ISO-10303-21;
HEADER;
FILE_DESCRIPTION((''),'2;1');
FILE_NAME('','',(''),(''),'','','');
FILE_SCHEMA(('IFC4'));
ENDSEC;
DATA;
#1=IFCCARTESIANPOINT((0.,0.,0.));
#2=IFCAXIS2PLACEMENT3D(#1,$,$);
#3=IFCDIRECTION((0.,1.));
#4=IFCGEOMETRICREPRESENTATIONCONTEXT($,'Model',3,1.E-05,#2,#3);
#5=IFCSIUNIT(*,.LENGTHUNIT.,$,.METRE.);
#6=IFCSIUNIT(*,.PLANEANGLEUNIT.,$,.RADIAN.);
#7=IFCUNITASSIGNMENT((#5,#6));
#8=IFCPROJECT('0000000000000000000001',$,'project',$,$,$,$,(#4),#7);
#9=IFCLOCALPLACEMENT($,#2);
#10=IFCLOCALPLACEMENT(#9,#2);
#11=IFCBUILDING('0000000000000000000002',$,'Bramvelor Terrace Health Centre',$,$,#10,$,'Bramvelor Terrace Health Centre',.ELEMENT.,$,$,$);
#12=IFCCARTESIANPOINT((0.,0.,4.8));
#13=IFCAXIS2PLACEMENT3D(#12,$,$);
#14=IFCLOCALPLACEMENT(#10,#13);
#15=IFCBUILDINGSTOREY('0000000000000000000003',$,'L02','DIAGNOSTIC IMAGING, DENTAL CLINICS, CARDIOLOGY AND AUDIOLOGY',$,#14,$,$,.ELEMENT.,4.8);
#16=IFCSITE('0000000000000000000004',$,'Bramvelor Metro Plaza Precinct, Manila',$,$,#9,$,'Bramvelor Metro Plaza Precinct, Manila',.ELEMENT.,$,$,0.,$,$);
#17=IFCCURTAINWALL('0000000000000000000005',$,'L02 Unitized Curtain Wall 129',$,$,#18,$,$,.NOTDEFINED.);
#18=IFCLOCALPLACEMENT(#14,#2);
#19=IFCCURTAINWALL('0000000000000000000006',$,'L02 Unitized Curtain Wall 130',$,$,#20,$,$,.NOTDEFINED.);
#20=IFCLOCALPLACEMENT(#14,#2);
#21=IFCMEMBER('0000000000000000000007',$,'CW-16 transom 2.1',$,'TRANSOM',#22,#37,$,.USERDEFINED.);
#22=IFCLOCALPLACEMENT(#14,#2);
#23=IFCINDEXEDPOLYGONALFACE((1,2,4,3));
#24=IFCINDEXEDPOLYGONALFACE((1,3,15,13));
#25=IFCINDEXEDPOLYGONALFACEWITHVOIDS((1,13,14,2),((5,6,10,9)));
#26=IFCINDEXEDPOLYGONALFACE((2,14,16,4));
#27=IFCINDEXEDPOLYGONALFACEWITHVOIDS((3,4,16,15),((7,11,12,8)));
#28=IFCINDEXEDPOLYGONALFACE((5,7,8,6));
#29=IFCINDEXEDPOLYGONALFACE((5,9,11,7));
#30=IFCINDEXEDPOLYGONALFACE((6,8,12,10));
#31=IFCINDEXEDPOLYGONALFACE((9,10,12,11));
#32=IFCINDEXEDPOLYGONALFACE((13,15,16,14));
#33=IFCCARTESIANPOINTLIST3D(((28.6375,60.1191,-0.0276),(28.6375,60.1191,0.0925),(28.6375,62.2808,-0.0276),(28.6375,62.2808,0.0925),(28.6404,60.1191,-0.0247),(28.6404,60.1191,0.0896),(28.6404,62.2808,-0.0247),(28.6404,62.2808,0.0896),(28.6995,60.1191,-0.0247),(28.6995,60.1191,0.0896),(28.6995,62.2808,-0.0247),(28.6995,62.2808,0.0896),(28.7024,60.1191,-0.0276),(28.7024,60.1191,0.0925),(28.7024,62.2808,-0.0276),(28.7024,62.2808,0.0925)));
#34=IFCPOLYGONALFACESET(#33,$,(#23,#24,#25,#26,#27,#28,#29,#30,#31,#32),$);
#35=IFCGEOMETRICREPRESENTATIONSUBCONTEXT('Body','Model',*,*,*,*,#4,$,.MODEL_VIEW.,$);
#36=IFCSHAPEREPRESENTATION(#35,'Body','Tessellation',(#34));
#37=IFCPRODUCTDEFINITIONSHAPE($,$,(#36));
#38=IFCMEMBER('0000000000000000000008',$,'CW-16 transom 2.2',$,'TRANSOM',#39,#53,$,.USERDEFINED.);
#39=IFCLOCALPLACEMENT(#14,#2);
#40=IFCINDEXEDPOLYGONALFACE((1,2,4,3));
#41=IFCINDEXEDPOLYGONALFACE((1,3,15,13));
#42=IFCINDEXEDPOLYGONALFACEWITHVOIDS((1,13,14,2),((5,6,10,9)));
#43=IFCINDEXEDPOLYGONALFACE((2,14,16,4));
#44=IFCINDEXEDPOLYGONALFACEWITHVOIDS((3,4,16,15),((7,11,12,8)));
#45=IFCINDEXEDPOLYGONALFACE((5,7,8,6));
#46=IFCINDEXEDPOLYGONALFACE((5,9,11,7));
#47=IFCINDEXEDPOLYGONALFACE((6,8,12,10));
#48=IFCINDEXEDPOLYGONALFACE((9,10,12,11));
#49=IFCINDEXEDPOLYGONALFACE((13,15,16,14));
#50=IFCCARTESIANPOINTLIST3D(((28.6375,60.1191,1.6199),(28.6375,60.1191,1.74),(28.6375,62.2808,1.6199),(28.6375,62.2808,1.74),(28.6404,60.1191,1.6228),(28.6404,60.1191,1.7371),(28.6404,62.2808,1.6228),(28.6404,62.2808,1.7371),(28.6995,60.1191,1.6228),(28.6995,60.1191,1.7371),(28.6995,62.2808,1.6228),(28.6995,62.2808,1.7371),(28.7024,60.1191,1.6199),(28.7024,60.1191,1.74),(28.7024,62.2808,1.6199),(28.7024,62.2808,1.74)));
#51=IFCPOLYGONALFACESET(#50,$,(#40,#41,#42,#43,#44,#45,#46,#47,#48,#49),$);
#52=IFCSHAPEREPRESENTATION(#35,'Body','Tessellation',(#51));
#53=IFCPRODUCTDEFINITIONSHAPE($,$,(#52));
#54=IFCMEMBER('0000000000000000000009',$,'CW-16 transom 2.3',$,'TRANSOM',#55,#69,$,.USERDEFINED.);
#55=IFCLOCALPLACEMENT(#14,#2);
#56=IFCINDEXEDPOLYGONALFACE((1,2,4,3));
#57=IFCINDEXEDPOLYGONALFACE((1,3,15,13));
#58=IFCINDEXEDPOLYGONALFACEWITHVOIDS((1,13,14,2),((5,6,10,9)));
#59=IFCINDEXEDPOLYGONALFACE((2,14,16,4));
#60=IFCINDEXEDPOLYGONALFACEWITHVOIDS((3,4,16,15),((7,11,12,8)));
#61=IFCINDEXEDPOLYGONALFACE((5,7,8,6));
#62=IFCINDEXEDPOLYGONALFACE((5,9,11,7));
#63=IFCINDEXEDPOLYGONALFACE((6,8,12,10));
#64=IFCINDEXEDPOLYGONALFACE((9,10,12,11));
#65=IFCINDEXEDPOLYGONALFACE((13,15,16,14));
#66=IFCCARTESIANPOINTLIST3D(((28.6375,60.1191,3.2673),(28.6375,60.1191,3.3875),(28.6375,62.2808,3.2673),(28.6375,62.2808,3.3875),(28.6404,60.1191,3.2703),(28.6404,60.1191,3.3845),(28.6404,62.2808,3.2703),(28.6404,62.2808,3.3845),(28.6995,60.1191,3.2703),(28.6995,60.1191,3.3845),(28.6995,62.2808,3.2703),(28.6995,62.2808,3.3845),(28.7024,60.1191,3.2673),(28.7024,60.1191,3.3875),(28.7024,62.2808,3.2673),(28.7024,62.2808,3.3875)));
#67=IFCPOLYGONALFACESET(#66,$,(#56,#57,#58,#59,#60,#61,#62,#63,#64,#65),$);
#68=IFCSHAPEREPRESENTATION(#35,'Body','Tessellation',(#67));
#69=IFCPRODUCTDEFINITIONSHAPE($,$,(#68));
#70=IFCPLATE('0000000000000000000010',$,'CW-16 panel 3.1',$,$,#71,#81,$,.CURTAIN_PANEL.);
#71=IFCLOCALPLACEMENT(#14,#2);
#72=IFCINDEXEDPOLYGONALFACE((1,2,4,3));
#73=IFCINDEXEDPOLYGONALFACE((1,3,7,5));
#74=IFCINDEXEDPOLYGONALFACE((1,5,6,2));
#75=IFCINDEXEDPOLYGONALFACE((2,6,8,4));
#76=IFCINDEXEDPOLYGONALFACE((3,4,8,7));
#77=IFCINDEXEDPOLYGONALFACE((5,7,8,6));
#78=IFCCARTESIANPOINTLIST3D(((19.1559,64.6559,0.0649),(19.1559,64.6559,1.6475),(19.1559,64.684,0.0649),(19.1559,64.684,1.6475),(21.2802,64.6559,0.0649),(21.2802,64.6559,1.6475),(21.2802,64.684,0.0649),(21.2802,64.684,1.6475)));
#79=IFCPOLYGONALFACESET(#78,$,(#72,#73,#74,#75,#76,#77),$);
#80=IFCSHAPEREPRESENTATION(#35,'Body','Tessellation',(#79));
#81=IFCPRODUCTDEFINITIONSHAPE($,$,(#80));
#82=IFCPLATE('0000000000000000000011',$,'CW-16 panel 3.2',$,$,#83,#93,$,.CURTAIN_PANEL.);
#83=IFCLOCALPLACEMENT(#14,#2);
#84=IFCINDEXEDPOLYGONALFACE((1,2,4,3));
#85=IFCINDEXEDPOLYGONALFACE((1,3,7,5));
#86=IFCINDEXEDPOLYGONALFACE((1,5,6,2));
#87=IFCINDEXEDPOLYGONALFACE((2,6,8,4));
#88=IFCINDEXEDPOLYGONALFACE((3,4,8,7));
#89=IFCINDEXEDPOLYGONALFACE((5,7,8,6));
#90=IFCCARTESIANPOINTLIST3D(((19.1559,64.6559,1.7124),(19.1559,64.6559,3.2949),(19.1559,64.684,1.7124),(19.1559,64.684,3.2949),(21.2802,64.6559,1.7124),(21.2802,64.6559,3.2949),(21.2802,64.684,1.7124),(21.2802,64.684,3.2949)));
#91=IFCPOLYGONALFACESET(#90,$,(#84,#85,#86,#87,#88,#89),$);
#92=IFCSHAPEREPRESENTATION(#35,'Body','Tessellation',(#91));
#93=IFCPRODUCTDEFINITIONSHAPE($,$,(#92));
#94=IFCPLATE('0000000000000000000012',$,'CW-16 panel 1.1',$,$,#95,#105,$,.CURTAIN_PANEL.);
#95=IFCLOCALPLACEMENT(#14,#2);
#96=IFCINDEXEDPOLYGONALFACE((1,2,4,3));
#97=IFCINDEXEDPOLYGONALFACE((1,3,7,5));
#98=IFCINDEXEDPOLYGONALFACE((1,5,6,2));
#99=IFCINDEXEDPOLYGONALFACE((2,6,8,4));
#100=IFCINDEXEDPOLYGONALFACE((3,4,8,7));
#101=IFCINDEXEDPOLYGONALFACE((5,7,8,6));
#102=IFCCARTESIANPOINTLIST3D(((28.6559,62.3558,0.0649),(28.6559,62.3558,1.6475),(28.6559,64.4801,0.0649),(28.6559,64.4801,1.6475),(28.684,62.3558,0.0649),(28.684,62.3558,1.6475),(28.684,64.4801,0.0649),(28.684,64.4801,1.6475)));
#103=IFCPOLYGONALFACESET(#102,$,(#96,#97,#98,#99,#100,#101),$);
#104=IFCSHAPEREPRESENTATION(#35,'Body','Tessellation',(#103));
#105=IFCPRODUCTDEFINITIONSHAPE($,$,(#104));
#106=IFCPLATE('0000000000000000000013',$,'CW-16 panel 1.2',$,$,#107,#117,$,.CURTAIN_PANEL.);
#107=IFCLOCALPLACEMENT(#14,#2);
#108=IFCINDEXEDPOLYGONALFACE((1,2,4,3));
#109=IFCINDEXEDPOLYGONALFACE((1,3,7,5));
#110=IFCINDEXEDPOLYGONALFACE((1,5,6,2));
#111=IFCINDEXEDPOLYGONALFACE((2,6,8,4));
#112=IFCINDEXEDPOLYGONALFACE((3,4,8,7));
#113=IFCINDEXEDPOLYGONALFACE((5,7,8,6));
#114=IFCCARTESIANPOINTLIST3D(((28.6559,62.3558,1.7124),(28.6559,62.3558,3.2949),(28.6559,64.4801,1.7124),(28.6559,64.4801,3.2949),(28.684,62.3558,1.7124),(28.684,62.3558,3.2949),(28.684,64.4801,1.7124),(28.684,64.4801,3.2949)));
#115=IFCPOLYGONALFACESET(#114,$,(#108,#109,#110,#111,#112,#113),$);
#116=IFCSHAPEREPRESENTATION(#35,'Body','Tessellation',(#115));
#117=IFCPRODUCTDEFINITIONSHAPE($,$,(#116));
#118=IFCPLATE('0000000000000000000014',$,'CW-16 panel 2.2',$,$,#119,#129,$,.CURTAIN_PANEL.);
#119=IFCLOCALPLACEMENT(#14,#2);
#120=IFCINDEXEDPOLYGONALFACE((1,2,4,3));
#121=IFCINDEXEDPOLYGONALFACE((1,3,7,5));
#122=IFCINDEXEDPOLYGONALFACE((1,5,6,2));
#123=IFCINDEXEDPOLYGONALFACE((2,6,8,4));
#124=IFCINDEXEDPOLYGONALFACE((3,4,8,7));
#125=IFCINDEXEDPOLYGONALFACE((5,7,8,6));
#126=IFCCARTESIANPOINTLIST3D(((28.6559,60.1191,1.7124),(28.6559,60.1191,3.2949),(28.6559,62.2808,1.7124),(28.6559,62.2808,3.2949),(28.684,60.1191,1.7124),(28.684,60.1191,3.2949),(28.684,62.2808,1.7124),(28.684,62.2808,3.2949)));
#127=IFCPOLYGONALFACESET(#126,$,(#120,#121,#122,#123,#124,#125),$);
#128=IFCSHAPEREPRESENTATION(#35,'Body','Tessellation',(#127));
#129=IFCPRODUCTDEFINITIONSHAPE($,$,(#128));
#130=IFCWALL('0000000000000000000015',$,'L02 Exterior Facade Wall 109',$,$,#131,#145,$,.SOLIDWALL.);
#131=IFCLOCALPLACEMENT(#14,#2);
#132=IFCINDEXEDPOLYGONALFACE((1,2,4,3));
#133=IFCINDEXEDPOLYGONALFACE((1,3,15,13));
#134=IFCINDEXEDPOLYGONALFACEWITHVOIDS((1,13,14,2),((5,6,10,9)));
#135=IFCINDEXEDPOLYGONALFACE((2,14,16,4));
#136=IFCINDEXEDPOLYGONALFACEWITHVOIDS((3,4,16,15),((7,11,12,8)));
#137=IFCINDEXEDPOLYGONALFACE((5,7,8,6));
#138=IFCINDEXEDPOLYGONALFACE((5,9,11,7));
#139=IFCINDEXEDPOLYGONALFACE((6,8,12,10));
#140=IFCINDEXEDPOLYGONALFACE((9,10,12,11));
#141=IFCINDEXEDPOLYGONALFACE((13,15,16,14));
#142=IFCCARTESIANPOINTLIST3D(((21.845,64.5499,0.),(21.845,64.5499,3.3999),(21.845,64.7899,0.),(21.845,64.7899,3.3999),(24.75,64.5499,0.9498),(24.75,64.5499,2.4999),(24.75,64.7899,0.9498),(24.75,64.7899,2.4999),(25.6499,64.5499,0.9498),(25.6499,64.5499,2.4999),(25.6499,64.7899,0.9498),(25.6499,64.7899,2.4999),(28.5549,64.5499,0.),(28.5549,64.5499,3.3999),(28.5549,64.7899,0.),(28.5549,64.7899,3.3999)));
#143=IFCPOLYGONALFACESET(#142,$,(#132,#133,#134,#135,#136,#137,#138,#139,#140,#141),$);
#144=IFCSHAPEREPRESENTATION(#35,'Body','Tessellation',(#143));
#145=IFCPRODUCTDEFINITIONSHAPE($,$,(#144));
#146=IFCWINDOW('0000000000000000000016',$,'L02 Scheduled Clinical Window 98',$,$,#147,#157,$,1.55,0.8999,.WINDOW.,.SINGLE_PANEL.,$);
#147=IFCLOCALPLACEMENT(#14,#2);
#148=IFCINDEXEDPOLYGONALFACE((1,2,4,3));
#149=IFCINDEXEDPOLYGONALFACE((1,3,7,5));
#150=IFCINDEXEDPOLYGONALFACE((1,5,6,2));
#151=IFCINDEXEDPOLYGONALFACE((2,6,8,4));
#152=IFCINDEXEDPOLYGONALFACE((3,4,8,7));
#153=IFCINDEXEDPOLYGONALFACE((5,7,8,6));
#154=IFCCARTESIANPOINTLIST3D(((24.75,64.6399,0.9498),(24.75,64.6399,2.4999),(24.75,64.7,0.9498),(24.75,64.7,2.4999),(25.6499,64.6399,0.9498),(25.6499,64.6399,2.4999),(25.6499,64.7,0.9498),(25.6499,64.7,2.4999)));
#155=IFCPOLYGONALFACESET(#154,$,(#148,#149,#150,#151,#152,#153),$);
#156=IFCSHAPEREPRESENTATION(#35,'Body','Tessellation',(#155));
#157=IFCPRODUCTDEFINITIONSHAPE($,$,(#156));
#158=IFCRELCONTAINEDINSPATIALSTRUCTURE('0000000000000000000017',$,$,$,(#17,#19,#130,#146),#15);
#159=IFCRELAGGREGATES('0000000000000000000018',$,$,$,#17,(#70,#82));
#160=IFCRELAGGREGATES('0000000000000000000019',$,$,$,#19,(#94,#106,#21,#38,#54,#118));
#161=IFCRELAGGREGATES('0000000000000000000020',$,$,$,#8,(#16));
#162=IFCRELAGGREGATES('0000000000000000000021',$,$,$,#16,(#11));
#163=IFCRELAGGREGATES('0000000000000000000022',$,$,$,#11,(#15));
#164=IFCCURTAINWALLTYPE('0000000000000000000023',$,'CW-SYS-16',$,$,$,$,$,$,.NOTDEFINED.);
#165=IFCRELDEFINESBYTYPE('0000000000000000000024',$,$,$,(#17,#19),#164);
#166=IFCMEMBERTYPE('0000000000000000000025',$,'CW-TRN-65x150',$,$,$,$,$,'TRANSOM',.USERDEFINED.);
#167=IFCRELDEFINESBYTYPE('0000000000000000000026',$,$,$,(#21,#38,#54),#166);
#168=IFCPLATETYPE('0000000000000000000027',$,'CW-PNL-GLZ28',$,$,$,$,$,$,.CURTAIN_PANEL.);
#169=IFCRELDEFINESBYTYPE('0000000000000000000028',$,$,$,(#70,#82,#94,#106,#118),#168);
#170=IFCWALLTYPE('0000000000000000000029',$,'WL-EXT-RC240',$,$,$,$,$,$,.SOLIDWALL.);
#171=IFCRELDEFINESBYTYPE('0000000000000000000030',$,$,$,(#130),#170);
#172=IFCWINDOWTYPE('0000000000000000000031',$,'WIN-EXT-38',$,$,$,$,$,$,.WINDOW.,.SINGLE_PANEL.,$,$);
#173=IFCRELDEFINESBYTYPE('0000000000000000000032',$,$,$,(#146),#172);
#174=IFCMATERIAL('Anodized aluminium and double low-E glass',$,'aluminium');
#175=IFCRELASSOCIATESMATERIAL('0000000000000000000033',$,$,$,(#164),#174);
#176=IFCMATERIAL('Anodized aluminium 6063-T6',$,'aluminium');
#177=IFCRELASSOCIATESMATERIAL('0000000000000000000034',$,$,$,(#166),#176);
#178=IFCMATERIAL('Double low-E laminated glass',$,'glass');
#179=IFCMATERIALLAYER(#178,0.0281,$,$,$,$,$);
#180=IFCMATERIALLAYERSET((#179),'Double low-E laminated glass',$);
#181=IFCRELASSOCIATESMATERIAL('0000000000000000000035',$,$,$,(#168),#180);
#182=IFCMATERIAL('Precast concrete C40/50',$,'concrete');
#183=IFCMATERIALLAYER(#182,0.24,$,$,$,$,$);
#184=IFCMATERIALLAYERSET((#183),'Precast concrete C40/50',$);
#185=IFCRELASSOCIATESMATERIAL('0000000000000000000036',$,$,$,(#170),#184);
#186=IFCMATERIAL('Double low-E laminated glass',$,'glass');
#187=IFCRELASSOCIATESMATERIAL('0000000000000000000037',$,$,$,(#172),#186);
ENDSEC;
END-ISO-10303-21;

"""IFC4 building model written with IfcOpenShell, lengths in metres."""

from ifc_helpers import new_model, si_unit, direction, frame, frame_2d, origin, origin_2d, place, context, subcontext, project, spatial, rectangle, hollow_rectangle, extrude, material, layer, layer_set, material_profile, profile_set, type_object, element, fill, aggregate, save


model = new_model("IFC4")

# Units and contexts
model_context = context("Model", 3, precision=1e-05, world=origin(), true_north=direction((0.0, 1.0)))
body_context = subcontext(model_context, "Body", "Model", "MODEL_VIEW")
ifc_project = project(units=[si_unit("LENGTHUNIT", "METRE"), si_unit("PLANEANGLEUNIT", "RADIAN")], contexts=[model_context])

# Site, building, storey
site_placement = place(None, origin())
site = spatial("IfcSite", under=ifc_project, at=site_placement, Name="Bramvelor Metro Plaza Precinct, Manila", LongName="Bramvelor Metro Plaza Precinct, Manila", CompositionType="ELEMENT", RefElevation=0.0)
building_placement = place(site_placement, origin())
building = spatial("IfcBuilding", under=site, at=building_placement, Name="Bramvelor Terrace Health Centre", LongName="Bramvelor Terrace Health Centre", CompositionType="ELEMENT")
storey_placement = place(building_placement, frame((0.0, 0.0, 4.8)))
storey = spatial("IfcBuildingStorey", under=building, at=storey_placement, Name="L02", Description="DIAGNOSTIC IMAGING, DENTAL CLINICS, CARDIOLOGY AND AUDIOLOGY", CompositionType="ELEMENT", Elevation=4.8)

# Curtain wall
ifc_material_1 = material(Name="Anodized aluminium and double low-E glass", Category="aluminium")
curtain_wall_type = type_object("IfcCurtainWallType", Name="CW-SYS-16", PredefinedType="NOTDEFINED", material=ifc_material_1)
curtain_wall_1_placement = place(storey_placement, origin())
curtain_wall_1 = element("IfcCurtainWall", 1, at=curtain_wall_1_placement, inside=storey, type_object=curtain_wall_type, Name="L02 Unitized Curtain Wall 129", PredefinedType="NOTDEFINED")

# Curtain wall
curtain_wall_2_placement = place(storey_placement, origin())
curtain_wall_2 = element("IfcCurtainWall", 2, at=curtain_wall_2_placement, inside=storey, type_object=curtain_wall_type, Name="L02 Unitized Curtain Wall 130", PredefinedType="NOTDEFINED")

# Members
ifc_material_2 = material(Name="Anodized aluminium 6063-T6", Category="aluminium")
ifc_material_profile_1 = material_profile(ifc_material_2, hollow_rectangle(XDim=0.0649, YDim=0.1201, WallThickness=0.0029, at=origin_2d()), Name="ALU-TRN 65x120x3.0")
ifc_profile_set_1 = profile_set([ifc_material_profile_1], Name="Anodized aluminium 6063-T6")
member_type_1 = type_object("IfcMemberType", Name="CW-TRN-65x150", ElementType="TRANSOM", PredefinedType="USERDEFINED", material=ifc_profile_set_1)
member_1_placement = place(storey_placement, frame((28.6699, 62.2808, 0.0325), z_axis=(0.0, -1.0, 0.0), x_axis=(1.0, 0.0, 0.0)))
member_1 = element("IfcMember", 3, at=member_1_placement, type_object=member_type_1, Name="CW-16 transom 2.1", ObjectType="TRANSOM", PredefinedType="USERDEFINED", context=body_context, shape_type="SweptSolid", body=[
    extrude(hollow_rectangle(XDim=0.0649, YDim=0.1201, WallThickness=0.0029, at=origin_2d()), origin(), (0.0, 0.0, 1.0), 2.1616),
])
member_2_placement = place(storey_placement, frame((28.6699, 62.2808, 1.6799), z_axis=(0.0, -1.0, 0.0), x_axis=(1.0, 0.0, 0.0)))
member_2 = element("IfcMember", 4, at=member_2_placement, type_object=member_type_1, Name="CW-16 transom 2.2", ObjectType="TRANSOM", PredefinedType="USERDEFINED", context=body_context, shape_type="SweptSolid", body=[
    extrude(hollow_rectangle(XDim=0.0649, YDim=0.1201, WallThickness=0.0029, at=origin_2d()), origin(), (0.0, 0.0, 1.0), 2.1616),
])
member_3_placement = place(storey_placement, frame((28.6699, 62.2808, 3.3274), z_axis=(0.0, -1.0, 0.0), x_axis=(1.0, 0.0, 0.0)))
member_3 = element("IfcMember", 5, at=member_3_placement, type_object=member_type_1, Name="CW-16 transom 2.3", ObjectType="TRANSOM", PredefinedType="USERDEFINED", context=body_context, shape_type="SweptSolid", body=[
    extrude(hollow_rectangle(XDim=0.0649, YDim=0.1201, WallThickness=0.0029, at=origin_2d()), origin(), (0.0, 0.0, 1.0), 2.1616),
])

# Plates
ifc_material_3 = material(Name="Double low-E laminated glass", Category="glass")
ifc_layer_1 = layer(ifc_material_3, 0.0281)
ifc_layer_set_1 = layer_set([ifc_layer_1], Name="Double low-E laminated glass")
plate_type = type_object("IfcPlateType", Name="CW-PNL-GLZ28", PredefinedType="CURTAIN_PANEL", material=ifc_layer_set_1)
plate_1_placement = place(storey_placement, frame((20.218, 64.6699, 0.0649), z_axis=(0.0, 0.0, 1.0), x_axis=(1.0, 0.0, 0.0)))
plate_1 = element("IfcPlate", 6, at=plate_1_placement, type_object=plate_type, Name="CW-16 panel 3.1", PredefinedType="CURTAIN_PANEL", context=body_context, shape_type="SweptSolid", body=[
    extrude(rectangle(XDim=2.1243, YDim=0.0281, at=origin_2d()), origin(), (0.0, 0.0, 1.0), 1.5825),
])
plate_2_placement = place(storey_placement, frame((20.218, 64.6699, 1.7124), z_axis=(0.0, 0.0, 1.0), x_axis=(1.0, 0.0, 0.0)))
plate_2 = element("IfcPlate", 7, at=plate_2_placement, type_object=plate_type, Name="CW-16 panel 3.2", PredefinedType="CURTAIN_PANEL", context=body_context, shape_type="SweptSolid", body=[
    extrude(rectangle(XDim=2.1243, YDim=0.0281, at=origin_2d()), origin(), (0.0, 0.0, 1.0), 1.5825),
])
aggregate(curtain_wall_1, [plate_1, plate_2])
plate_3_placement = place(storey_placement, frame((28.6699, 63.418, 0.0649), z_axis=(0.0, 0.0, 1.0), x_axis=(0.0, -1.0, 0.0)))
plate_3 = element("IfcPlate", 8, at=plate_3_placement, type_object=plate_type, Name="CW-16 panel 1.1", PredefinedType="CURTAIN_PANEL", context=body_context, shape_type="SweptSolid", body=[
    extrude(rectangle(XDim=2.1243, YDim=0.0281, at=origin_2d()), origin(), (0.0, 0.0, 1.0), 1.5825),
])
plate_4_placement = place(storey_placement, frame((28.6699, 63.418, 1.7124), z_axis=(0.0, 0.0, 1.0), x_axis=(0.0, -1.0, 0.0)))
plate_4 = element("IfcPlate", 9, at=plate_4_placement, type_object=plate_type, Name="CW-16 panel 1.2", PredefinedType="CURTAIN_PANEL", context=body_context, shape_type="SweptSolid", body=[
    extrude(rectangle(XDim=2.1243, YDim=0.0281, at=origin_2d()), origin(), (0.0, 0.0, 1.0), 1.5825),
])
plate_5_placement = place(storey_placement, frame((28.6699, 61.2, 1.7124), z_axis=(0.0, 0.0, 1.0), x_axis=(0.0, -1.0, 0.0)))
plate_5 = element("IfcPlate", 10, at=plate_5_placement, type_object=plate_type, Name="CW-16 panel 2.2", PredefinedType="CURTAIN_PANEL", context=body_context, shape_type="SweptSolid", body=[
    extrude(rectangle(XDim=2.1616, YDim=0.0281, at=origin_2d()), origin(), (0.0, 0.0, 1.0), 1.5825),
])
aggregate(curtain_wall_2, [plate_3, plate_4, member_1, member_2, member_3, plate_5])

# Wall, opening, window
ifc_material_4 = material(Name="Precast concrete C40/50", Category="concrete")
ifc_layer_2 = layer(ifc_material_4, 0.24)
ifc_layer_set_2 = layer_set([ifc_layer_2], Name="Precast concrete C40/50")
wall_type = type_object("IfcWallType", Name="WL-EXT-RC240", PredefinedType="SOLIDWALL", material=ifc_layer_set_2)
wall_placement = place(storey_placement, frame((21.845, 64.6699, 0.0), z_axis=(0.0, 0.0, 1.0), x_axis=(1.0, 0.0, 0.0)))
wall = element("IfcWall", 11, at=wall_placement, inside=storey, type_object=wall_type, Name="L02 Exterior Facade Wall 109", PredefinedType="SOLIDWALL", context=body_context, shape_type="SweptSolid", body=[
    extrude(rectangle(XDim=6.71, YDim=0.24, at=frame_2d((3.355, 0.0))), origin(), (0.0, 0.0, 1.0), 3.3999),
])
opening_placement = place(wall_placement, frame((2.905, 0.0, 0.95)))
opening = element("IfcOpeningElement", 12, at=opening_placement, cuts=wall, PredefinedType="OPENING", context=body_context, shape_type="SweptSolid", body=[
    extrude(rectangle(XDim=0.8999, YDim=1.55, at=frame_2d((0.45, 0.7749))), frame((0.0, 0.1299, 0.0), z_axis=(0.0, -1.0, 0.0), x_axis=(1.0, 0.0, 0.0)), (0.0, 0.0, 1.0), 0.26),
])
ifc_material_5 = material(Name="Double low-E laminated glass", Category="glass")
window_type = type_object("IfcWindowType", Name="WIN-EXT-38", PartitioningType="SINGLE_PANEL", PredefinedType="WINDOW", material=ifc_material_5)
window_placement = place(opening_placement, origin())
window = element("IfcWindow", 13, at=window_placement, inside=storey, type_object=window_type, Name="L02 Scheduled Clinical Window 98", OverallHeight=1.55, OverallWidth=0.8999, PartitioningType="SINGLE_PANEL", PredefinedType="WINDOW", context=body_context, shape_type="SweptSolid", body=[
    extrude(rectangle(XDim=0.8999, YDim=1.55, at=frame_2d((0.45, 0.7749))), frame((0.0, 0.03, 0.0), z_axis=(0.0, -1.0, 0.0), x_axis=(1.0, 0.0, 0.0)), (0.0, 0.0, 1.0), 0.0601),
])
fill(opening, window)

save(model, "model.ifc")
